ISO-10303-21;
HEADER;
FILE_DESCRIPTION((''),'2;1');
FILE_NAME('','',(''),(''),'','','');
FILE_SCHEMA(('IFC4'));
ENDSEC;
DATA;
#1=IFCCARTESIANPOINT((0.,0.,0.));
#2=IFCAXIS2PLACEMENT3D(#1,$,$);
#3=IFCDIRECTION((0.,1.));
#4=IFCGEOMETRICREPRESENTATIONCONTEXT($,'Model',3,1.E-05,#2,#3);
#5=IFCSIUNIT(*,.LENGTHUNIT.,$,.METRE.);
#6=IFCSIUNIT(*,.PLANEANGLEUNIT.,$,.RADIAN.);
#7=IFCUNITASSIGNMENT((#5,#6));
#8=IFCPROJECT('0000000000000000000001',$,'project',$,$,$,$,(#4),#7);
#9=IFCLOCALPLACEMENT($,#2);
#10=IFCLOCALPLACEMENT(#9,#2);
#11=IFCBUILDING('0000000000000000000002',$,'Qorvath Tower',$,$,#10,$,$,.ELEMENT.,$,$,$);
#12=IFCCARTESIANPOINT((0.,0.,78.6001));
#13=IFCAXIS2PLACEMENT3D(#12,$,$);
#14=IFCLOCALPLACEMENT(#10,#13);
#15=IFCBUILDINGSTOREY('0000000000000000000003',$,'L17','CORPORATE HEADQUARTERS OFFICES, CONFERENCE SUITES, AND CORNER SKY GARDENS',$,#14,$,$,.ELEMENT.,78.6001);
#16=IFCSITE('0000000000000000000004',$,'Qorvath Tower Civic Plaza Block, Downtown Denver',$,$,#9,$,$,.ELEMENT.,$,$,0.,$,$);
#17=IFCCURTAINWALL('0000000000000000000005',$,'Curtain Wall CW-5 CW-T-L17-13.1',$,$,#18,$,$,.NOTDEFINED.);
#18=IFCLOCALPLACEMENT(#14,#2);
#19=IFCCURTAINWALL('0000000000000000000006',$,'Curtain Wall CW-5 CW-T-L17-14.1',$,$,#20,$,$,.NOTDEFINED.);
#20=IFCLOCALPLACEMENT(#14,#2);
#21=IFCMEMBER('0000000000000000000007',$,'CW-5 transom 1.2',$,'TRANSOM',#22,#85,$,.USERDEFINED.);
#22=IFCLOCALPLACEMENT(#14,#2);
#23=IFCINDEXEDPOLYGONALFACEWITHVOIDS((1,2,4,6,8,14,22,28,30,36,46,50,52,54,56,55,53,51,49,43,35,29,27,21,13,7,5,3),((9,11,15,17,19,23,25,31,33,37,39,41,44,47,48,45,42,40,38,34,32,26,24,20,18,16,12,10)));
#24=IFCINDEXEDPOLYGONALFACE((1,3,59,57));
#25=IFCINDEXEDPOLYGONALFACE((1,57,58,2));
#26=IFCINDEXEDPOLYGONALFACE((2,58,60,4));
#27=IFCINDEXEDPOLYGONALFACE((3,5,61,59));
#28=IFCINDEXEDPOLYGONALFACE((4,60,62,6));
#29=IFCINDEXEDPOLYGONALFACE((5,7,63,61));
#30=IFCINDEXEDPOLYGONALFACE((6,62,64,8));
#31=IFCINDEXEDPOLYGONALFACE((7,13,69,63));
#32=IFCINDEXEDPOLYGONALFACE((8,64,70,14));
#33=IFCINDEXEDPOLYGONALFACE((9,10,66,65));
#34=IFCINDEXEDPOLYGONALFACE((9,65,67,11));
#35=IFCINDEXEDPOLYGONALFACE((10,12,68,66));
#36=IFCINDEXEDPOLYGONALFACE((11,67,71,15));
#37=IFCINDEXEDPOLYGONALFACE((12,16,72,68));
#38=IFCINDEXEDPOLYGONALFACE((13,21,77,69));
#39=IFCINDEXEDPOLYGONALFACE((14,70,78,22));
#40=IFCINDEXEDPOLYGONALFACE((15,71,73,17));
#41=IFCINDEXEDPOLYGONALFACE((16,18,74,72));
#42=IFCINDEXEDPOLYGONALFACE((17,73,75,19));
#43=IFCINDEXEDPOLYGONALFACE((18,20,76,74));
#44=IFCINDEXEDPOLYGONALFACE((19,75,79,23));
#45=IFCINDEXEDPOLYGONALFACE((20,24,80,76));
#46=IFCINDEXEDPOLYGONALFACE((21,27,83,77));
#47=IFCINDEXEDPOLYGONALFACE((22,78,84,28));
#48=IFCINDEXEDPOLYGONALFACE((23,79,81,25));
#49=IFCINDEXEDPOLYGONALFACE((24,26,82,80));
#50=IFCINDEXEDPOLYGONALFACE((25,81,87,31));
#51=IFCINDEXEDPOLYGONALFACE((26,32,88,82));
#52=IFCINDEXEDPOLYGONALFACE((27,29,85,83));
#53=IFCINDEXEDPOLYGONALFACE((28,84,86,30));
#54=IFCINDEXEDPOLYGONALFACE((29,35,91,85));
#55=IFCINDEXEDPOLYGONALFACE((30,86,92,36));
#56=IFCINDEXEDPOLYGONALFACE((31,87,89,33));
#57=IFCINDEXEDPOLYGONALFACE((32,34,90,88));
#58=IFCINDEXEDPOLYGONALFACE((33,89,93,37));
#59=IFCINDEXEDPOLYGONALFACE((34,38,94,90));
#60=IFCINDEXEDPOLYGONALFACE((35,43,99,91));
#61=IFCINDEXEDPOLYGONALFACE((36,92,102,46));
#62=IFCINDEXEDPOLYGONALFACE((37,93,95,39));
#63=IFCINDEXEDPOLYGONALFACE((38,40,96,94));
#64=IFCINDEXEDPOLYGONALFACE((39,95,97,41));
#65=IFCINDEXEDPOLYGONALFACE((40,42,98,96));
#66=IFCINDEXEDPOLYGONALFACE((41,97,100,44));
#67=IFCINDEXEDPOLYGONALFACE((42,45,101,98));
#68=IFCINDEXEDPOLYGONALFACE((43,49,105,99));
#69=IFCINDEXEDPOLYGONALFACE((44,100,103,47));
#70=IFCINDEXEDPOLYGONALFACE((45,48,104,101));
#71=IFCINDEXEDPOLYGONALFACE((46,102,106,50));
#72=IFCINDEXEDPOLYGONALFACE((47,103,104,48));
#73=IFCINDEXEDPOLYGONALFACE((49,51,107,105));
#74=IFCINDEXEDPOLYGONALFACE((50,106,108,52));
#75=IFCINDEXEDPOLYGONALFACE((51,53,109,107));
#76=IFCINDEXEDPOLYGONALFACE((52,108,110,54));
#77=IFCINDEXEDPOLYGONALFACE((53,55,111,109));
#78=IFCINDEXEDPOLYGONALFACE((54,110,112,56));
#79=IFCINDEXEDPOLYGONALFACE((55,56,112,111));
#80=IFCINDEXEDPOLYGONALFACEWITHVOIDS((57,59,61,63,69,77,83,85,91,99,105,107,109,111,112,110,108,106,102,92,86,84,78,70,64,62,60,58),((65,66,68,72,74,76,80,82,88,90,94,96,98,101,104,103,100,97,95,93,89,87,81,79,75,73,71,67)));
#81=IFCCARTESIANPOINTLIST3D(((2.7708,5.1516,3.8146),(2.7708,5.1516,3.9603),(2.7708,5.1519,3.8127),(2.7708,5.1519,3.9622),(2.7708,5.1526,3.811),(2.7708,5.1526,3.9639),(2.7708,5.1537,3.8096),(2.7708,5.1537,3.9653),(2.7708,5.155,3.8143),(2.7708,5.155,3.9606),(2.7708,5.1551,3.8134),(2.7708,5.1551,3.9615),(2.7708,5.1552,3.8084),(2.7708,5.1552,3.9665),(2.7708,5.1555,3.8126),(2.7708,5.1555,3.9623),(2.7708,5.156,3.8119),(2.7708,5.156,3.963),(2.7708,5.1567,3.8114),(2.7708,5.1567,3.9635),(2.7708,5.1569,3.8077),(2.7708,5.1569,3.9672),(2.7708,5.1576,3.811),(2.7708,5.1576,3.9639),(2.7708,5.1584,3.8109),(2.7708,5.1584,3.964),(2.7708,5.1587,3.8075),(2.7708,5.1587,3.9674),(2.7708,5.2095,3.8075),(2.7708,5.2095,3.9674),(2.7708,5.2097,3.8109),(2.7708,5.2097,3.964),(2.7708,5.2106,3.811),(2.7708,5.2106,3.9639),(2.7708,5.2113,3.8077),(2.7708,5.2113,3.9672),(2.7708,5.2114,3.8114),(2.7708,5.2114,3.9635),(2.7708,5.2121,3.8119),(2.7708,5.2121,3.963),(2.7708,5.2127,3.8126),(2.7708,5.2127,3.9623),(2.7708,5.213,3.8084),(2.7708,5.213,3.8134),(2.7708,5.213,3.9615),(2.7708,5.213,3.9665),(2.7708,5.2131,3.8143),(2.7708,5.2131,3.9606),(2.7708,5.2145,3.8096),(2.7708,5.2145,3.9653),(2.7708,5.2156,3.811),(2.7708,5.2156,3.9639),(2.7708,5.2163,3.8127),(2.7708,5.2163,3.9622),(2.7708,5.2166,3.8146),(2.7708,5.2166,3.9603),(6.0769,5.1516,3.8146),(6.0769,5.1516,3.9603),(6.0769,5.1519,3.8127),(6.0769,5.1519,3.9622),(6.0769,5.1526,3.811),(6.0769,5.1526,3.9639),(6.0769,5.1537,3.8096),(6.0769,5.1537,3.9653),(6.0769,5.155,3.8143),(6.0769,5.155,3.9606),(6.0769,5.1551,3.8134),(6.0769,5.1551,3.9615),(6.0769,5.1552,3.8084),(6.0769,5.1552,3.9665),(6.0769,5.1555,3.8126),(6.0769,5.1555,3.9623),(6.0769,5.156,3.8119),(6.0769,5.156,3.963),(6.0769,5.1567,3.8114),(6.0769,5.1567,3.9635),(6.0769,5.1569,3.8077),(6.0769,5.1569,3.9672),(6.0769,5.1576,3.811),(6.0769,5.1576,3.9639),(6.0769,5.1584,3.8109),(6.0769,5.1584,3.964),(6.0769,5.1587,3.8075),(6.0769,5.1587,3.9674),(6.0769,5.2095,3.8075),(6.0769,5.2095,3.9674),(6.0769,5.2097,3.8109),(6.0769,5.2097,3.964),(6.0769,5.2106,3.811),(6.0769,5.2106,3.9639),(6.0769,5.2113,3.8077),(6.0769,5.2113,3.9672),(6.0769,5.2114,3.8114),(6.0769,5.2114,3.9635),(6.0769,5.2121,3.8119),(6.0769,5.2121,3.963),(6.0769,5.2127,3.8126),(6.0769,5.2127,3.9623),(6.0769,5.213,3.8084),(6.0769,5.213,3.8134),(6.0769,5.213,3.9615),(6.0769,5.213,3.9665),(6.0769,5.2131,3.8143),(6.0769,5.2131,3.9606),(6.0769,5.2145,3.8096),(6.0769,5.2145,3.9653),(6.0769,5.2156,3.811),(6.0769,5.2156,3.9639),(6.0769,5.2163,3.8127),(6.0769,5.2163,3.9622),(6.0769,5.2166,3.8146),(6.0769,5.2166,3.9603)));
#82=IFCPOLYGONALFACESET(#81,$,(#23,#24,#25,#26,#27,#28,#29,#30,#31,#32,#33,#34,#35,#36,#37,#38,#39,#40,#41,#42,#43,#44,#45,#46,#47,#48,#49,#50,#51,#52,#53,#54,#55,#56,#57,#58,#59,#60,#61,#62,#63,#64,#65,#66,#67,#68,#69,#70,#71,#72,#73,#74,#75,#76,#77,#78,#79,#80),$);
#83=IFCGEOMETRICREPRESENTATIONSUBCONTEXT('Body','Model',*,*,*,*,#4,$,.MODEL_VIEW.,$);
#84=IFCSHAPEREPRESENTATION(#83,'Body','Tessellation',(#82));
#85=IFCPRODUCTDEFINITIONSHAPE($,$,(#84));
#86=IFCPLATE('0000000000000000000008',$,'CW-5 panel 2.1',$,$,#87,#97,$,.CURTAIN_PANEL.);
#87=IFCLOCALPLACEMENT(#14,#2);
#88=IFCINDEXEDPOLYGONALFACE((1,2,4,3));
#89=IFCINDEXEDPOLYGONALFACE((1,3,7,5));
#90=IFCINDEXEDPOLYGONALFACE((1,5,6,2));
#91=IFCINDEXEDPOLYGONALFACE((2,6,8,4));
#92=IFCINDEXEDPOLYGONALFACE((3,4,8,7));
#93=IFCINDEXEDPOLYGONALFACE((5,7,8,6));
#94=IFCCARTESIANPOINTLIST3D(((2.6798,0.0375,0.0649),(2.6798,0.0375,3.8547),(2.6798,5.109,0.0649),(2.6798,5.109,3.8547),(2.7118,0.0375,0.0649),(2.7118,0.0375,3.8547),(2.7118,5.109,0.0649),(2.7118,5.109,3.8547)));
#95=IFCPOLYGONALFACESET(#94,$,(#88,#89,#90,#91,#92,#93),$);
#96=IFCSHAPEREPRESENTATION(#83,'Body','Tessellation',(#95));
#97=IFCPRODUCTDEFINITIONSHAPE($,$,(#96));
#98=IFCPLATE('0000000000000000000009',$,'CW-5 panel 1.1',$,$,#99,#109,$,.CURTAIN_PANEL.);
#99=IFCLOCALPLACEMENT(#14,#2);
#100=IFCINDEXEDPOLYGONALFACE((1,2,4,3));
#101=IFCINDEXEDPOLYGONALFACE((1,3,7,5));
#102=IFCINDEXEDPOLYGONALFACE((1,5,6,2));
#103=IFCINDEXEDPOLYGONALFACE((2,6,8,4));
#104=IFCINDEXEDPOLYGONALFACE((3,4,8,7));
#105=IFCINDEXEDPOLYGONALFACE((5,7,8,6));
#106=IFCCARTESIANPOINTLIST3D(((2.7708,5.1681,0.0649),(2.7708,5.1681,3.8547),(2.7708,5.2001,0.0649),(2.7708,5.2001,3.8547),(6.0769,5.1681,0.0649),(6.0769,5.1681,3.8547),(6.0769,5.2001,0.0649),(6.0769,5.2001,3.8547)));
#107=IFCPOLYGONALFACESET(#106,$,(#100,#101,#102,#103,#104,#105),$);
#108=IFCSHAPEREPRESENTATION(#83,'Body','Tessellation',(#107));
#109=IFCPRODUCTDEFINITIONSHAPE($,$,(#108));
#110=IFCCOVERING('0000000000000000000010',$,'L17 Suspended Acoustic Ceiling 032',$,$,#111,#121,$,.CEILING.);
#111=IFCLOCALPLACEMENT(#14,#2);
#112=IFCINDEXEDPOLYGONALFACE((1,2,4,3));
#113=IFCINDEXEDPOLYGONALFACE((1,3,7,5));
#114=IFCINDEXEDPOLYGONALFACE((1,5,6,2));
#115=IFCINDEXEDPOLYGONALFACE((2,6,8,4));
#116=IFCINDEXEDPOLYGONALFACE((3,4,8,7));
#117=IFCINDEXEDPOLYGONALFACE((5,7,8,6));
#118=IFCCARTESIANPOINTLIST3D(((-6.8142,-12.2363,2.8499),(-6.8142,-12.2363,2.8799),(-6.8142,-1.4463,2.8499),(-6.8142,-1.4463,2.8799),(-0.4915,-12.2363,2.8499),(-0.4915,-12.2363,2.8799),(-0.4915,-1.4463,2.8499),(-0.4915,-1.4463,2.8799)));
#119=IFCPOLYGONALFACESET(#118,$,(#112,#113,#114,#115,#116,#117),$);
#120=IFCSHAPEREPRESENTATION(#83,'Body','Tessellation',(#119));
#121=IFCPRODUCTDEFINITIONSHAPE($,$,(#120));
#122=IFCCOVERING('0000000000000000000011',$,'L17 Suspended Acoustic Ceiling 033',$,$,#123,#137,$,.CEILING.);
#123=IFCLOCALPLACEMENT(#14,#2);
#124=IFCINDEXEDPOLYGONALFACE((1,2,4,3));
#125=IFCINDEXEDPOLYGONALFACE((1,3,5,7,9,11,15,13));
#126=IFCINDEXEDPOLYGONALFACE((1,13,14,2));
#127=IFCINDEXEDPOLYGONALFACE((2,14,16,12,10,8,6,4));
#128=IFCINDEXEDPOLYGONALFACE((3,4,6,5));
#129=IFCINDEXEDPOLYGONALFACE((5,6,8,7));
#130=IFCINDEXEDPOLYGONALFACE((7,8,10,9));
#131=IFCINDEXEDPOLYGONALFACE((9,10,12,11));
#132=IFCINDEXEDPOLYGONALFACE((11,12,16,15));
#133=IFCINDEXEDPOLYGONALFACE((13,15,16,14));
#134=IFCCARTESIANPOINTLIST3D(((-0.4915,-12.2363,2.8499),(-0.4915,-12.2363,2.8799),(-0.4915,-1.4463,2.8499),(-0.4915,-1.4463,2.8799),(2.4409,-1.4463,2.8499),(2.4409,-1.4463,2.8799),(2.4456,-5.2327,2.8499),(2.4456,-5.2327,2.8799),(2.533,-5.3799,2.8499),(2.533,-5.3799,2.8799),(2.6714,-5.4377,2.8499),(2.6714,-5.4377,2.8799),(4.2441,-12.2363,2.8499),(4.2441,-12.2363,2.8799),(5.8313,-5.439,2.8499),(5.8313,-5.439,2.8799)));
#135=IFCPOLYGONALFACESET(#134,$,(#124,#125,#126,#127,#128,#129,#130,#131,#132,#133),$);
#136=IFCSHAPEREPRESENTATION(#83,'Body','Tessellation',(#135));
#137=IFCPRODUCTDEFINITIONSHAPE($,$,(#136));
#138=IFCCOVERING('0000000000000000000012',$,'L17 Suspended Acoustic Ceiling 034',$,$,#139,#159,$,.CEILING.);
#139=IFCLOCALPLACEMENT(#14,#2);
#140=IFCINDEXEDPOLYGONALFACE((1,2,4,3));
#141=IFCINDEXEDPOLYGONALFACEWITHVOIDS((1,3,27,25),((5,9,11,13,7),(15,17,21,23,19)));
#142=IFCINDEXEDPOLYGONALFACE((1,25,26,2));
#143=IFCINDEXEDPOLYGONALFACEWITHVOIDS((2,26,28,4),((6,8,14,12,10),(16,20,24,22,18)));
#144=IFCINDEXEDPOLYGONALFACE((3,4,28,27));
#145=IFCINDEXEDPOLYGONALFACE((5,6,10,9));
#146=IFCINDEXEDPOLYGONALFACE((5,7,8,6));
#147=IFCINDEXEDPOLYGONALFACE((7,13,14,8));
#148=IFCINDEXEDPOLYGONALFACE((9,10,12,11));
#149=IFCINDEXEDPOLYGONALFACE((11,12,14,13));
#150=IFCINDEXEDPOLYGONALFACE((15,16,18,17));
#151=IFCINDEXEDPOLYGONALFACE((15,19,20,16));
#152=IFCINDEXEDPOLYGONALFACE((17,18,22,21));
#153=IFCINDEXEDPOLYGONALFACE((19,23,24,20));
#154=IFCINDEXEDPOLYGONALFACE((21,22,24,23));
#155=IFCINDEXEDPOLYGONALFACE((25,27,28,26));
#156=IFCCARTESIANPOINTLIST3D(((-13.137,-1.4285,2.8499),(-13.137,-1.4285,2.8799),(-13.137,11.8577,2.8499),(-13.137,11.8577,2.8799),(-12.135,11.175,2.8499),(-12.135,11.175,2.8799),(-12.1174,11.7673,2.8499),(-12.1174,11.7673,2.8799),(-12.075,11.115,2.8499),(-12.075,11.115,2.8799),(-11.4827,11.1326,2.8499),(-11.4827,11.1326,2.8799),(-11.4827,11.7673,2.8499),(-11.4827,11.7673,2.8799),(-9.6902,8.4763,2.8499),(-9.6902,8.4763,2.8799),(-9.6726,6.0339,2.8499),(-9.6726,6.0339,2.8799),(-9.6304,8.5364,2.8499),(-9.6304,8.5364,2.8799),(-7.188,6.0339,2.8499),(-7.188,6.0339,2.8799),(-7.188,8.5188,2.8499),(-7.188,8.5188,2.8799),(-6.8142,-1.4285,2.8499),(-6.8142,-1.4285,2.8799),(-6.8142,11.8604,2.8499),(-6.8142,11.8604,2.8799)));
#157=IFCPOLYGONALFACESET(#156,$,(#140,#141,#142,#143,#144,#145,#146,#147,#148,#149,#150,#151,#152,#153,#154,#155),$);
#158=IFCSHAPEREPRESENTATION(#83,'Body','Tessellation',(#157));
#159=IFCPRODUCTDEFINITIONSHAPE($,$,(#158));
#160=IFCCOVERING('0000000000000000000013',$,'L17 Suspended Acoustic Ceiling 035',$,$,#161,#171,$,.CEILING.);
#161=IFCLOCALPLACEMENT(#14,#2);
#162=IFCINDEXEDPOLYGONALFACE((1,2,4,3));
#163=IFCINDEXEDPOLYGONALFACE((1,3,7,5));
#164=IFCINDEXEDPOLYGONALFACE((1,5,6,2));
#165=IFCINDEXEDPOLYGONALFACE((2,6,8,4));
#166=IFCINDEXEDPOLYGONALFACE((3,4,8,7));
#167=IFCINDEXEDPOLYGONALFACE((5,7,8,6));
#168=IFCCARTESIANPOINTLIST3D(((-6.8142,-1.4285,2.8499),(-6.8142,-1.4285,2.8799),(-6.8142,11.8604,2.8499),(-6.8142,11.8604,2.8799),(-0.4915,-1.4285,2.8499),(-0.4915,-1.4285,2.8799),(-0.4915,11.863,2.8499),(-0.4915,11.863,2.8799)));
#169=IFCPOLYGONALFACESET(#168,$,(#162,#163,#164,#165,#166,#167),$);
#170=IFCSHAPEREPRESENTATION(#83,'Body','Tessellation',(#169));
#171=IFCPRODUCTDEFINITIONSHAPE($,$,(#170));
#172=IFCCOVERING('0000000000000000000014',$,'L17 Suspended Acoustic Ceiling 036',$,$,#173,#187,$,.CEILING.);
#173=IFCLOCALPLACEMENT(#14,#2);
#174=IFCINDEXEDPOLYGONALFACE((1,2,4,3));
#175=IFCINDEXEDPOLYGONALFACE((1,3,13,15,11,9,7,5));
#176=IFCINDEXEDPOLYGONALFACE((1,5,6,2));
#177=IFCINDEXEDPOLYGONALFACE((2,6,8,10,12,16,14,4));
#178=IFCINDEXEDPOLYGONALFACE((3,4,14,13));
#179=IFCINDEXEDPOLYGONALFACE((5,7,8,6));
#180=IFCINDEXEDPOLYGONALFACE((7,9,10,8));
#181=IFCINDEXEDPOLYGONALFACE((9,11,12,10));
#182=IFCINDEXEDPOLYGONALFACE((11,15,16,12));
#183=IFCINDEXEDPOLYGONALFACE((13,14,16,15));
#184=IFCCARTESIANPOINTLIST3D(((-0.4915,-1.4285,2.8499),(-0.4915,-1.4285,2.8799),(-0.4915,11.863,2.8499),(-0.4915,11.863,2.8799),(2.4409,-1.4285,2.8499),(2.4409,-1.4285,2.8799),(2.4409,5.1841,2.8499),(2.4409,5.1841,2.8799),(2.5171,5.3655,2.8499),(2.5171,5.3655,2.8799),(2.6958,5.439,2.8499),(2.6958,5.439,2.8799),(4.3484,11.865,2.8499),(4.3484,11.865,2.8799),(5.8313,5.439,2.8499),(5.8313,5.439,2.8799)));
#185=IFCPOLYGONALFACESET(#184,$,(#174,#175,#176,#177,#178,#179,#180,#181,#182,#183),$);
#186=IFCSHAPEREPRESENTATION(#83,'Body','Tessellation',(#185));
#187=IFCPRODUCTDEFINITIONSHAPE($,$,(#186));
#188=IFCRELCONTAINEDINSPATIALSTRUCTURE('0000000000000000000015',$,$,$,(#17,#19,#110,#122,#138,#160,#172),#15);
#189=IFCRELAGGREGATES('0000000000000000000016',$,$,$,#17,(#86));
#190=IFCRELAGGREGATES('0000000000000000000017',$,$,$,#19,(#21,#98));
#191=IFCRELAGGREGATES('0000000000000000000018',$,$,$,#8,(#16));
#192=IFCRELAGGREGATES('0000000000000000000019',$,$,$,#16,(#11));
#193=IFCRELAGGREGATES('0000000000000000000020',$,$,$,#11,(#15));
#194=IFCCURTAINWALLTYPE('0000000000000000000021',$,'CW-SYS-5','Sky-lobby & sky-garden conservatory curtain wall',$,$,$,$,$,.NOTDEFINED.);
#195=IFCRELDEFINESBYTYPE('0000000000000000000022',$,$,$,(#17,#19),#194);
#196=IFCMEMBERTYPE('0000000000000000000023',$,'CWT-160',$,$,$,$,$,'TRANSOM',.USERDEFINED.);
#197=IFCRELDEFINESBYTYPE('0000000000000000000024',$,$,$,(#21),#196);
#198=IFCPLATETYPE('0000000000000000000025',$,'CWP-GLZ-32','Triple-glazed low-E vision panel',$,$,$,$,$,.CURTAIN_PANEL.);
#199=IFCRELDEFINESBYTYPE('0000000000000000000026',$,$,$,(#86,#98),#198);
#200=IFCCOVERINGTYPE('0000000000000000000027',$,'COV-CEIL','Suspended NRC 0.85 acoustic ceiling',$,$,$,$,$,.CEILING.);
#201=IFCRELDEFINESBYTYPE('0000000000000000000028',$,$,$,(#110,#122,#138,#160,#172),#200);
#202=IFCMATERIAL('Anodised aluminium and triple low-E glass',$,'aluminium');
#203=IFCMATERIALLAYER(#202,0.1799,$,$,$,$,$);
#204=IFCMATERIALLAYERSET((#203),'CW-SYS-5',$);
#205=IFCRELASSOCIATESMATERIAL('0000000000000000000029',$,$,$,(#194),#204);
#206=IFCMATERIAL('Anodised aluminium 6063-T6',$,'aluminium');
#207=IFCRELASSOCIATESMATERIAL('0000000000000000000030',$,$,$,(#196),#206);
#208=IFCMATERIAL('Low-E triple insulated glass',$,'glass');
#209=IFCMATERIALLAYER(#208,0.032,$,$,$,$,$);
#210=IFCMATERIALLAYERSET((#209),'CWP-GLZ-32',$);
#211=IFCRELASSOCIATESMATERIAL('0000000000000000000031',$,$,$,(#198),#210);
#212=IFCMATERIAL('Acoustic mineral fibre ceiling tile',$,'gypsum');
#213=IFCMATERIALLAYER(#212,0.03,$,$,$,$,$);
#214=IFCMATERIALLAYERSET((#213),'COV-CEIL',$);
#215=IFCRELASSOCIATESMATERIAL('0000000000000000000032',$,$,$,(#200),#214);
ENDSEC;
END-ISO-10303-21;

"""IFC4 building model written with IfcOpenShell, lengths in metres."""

from ifc_helpers import new_model, si_unit, direction, frame, origin, origin_2d, place, context, subcontext, project, spatial, polyline, rectangle, hollow_rectangle, outline, extrude, material, layer, layer_set, material_profile, profile_set, type_object, element, aggregate, save


model = new_model("IFC4")

# Units and contexts
model_context = context("Model", 3, precision=1e-05, world=origin(), true_north=direction((0.0, 1.0)))
body_context = subcontext(model_context, "Body", "Model", "MODEL_VIEW")
ifc_project = project(units=[si_unit("LENGTHUNIT", "METRE"), si_unit("PLANEANGLEUNIT", "RADIAN")], contexts=[model_context])

# Site, building, storey
site_placement = place(None, origin())
site = spatial("IfcSite", under=ifc_project, at=site_placement, Name="Qorvath Tower Civic Plaza Block, Downtown Denver", CompositionType="ELEMENT", RefElevation=0.0)
building_placement = place(site_placement, origin())
building = spatial("IfcBuilding", under=site, at=building_placement, Name="Qorvath Tower", CompositionType="ELEMENT")
storey_placement = place(building_placement, frame((0.0, 0.0, 78.6001)))
storey = spatial("IfcBuildingStorey", under=building, at=storey_placement, Name="L17", Description="CORPORATE HEADQUARTERS OFFICES, CONFERENCE SUITES, AND CORNER SKY GARDENS", CompositionType="ELEMENT", Elevation=78.6001)

# Curtain wall
ifc_material_1 = material(Name="Anodised aluminium and triple low-E glass", Category="aluminium")
ifc_layer_1 = layer(ifc_material_1, 0.1799)
ifc_layer_set_1 = layer_set([ifc_layer_1], Name="CW-SYS-5")
curtain_wall_type = type_object("IfcCurtainWallType", Name="CW-SYS-5", Description="Sky-lobby & sky-garden conservatory curtain wall", PredefinedType="NOTDEFINED", material=ifc_layer_set_1)
curtain_wall_1_placement = place(storey_placement, origin())
curtain_wall_1 = element("IfcCurtainWall", 1, at=curtain_wall_1_placement, inside=storey, type_object=curtain_wall_type, Name="Curtain Wall CW-5 CW-T-L17-13.1", PredefinedType="NOTDEFINED")

# Curtain wall
curtain_wall_2_placement = place(storey_placement, origin())
curtain_wall_2 = element("IfcCurtainWall", 2, at=curtain_wall_2_placement, inside=storey, type_object=curtain_wall_type, Name="Curtain Wall CW-5 CW-T-L17-14.1", PredefinedType="NOTDEFINED")

# Member
ifc_material_2 = material(Name="Anodised aluminium 6063-T6", Category="aluminium")
ifc_material_profile_1 = material_profile(ifc_material_2, hollow_rectangle(XDim=0.0649, YDim=0.1599, WallThickness=0.0034, InnerFilletRadius=0.0034, OuterFilletRadius=0.0071, at=origin_2d()), Name="CWT 160x65")
ifc_profile_set_1 = profile_set([ifc_material_profile_1], Name="Anodised aluminium 6063-T6")
member_type_1 = type_object("IfcMemberType", Name="CWT-160", ElementType="TRANSOM", PredefinedType="USERDEFINED", material=ifc_profile_set_1)
member_1_placement = place(storey_placement, frame((2.7708, 5.1841, 3.8875), z_axis=(1.0, 0.0, 0.0), x_axis=(0.0, 1.0, 0.0)))
member_1 = element("IfcMember", 3, at=member_1_placement, type_object=member_type_1, Name="CW-5 transom 1.2", ObjectType="TRANSOM", PredefinedType="USERDEFINED", context=body_context, shape_type="SweptSolid", body=[
    extrude(hollow_rectangle(XDim=0.0649, YDim=0.1599, WallThickness=0.0034, InnerFilletRadius=0.0034, OuterFilletRadius=0.0071, at=origin_2d()), origin(), (0.0, 0.0, 1.0), 3.3062),
])

# Plates
ifc_material_3 = material(Name="Low-E triple insulated glass", Category="glass")
ifc_layer_2 = layer(ifc_material_3, 0.032)
ifc_layer_set_2 = layer_set([ifc_layer_2], Name="CWP-GLZ-32")
plate_type = type_object("IfcPlateType", Name="CWP-GLZ-32", Description="Triple-glazed low-E vision panel", PredefinedType="CURTAIN_PANEL", material=ifc_layer_set_2)
plate_1_placement = place(storey_placement, frame((2.6958, 2.5732, 0.0649), z_axis=(0.0, 0.0, 1.0), x_axis=(0.0, 1.0, 0.0)))
plate_1 = element("IfcPlate", 4, at=plate_1_placement, type_object=plate_type, Name="CW-5 panel 2.1", PredefinedType="CURTAIN_PANEL", context=body_context, shape_type="SweptSolid", body=[
    extrude(rectangle(XDim=5.0715, YDim=0.032, at=origin_2d()), origin(), (0.0, 0.0, 1.0), 3.7898),
])
aggregate(curtain_wall_1, [plate_1])
plate_2_placement = place(storey_placement, frame((4.4238, 5.1841, 0.0649), z_axis=(0.0, 0.0, 1.0), x_axis=(1.0, 0.0, 0.0)))
plate_2 = element("IfcPlate", 5, at=plate_2_placement, type_object=plate_type, Name="CW-5 panel 1.1", PredefinedType="CURTAIN_PANEL", context=body_context, shape_type="SweptSolid", body=[
    extrude(rectangle(XDim=3.3062, YDim=0.032, at=origin_2d()), origin(), (0.0, 0.0, 1.0), 3.7898),
])
aggregate(curtain_wall_2, [member_1, plate_2])

# Coverings
ifc_material_4 = material(Name="Acoustic mineral fibre ceiling tile", Category="gypsum")
ifc_layer_3 = layer(ifc_material_4, 0.03)
ifc_layer_set_3 = layer_set([ifc_layer_3], Name="COV-CEIL")
covering_type_1 = type_object("IfcCoveringType", Name="COV-CEIL", Description="Suspended NRC 0.85 acoustic ceiling", PredefinedType="CEILING", material=ifc_layer_set_3)
covering_1_placement = place(storey_placement, frame((0.0, 0.0, 2.8499)))
element("IfcCovering", 6, at=covering_1_placement, inside=storey, type_object=covering_type_1, Name="L17 Suspended Acoustic Ceiling 032", PredefinedType="CEILING", context=body_context, shape_type="SweptSolid", body=[
    extrude(outline(polyline([(-0.4915, -12.2363), (-0.4915, -1.4463), (-6.8142, -1.4463), (-6.8142, -12.2363), (-0.4915, -12.2363)])), origin(), (0.0, 0.0, 1.0), 0.03),
])
covering_2_placement = place(storey_placement, frame((0.0, 0.0, 2.8499)))
element("IfcCovering", 7, at=covering_2_placement, inside=storey, type_object=covering_type_1, Name="L17 Suspended Acoustic Ceiling 033", PredefinedType="CEILING", context=body_context, shape_type="SweptSolid", body=[
    extrude(outline(polyline([(2.533, -5.3799), (2.4456, -5.2327), (2.4409, -1.4463), (-0.4915, -1.4463), (-0.4915, -12.2363), (4.2441, -12.2363), (5.8313, -5.439), (2.6714, -5.4377), (2.533, -5.3799)])), origin(), (0.0, 0.0, 1.0), 0.03),
])
covering_3_placement = place(storey_placement, frame((0.0, 0.0, 2.8499)))
element("IfcCovering", 8, at=covering_3_placement, inside=storey, type_object=covering_type_1, Name="L17 Suspended Acoustic Ceiling 034", PredefinedType="CEILING", context=body_context, shape_type="SweptSolid", body=[
    extrude(outline(polyline([(-6.8142, -1.4285), (-6.8142, 11.8604), (-13.137, 11.8577), (-13.137, -1.4285), (-6.8142, -1.4285)]), holes=[polyline([(-9.6902, 8.4763), (-9.6304, 8.5364), (-7.188, 8.5188), (-7.188, 6.0339), (-9.6726, 6.0339), (-9.6902, 8.4763)]), polyline([(-12.135, 11.175), (-12.1174, 11.7673), (-11.4827, 11.7673), (-11.4827, 11.1326), (-12.075, 11.115), (-12.135, 11.175)])]), origin(), (0.0, 0.0, 1.0), 0.03),
])
covering_4_placement = place(storey_placement, frame((0.0, 0.0, 2.8499)))
element("IfcCovering", 9, at=covering_4_placement, inside=storey, type_object=covering_type_1, Name="L17 Suspended Acoustic Ceiling 035", PredefinedType="CEILING", context=body_context, shape_type="SweptSolid", body=[
    extrude(outline(polyline([(-0.4915, -1.4285), (-0.4915, 11.863), (-6.8142, 11.8604), (-6.8142, -1.4285), (-0.4915, -1.4285)])), origin(), (0.0, 0.0, 1.0), 0.03),
])
covering_5_placement = place(storey_placement, frame((0.0, 0.0, 2.8499)))
element("IfcCovering", 10, at=covering_5_placement, inside=storey, type_object=covering_type_1, Name="L17 Suspended Acoustic Ceiling 036", PredefinedType="CEILING", context=body_context, shape_type="SweptSolid", body=[
    extrude(outline(polyline([(2.5171, 5.3655), (2.6958, 5.439), (5.8313, 5.439), (4.3484, 11.865), (-0.4915, 11.863), (-0.4915, -1.4285), (2.4409, -1.4285), (2.4409, 5.1841), (2.5171, 5.3655)])), origin(), (0.0, 0.0, 1.0), 0.03),
])

save(model, "model.ifc")
